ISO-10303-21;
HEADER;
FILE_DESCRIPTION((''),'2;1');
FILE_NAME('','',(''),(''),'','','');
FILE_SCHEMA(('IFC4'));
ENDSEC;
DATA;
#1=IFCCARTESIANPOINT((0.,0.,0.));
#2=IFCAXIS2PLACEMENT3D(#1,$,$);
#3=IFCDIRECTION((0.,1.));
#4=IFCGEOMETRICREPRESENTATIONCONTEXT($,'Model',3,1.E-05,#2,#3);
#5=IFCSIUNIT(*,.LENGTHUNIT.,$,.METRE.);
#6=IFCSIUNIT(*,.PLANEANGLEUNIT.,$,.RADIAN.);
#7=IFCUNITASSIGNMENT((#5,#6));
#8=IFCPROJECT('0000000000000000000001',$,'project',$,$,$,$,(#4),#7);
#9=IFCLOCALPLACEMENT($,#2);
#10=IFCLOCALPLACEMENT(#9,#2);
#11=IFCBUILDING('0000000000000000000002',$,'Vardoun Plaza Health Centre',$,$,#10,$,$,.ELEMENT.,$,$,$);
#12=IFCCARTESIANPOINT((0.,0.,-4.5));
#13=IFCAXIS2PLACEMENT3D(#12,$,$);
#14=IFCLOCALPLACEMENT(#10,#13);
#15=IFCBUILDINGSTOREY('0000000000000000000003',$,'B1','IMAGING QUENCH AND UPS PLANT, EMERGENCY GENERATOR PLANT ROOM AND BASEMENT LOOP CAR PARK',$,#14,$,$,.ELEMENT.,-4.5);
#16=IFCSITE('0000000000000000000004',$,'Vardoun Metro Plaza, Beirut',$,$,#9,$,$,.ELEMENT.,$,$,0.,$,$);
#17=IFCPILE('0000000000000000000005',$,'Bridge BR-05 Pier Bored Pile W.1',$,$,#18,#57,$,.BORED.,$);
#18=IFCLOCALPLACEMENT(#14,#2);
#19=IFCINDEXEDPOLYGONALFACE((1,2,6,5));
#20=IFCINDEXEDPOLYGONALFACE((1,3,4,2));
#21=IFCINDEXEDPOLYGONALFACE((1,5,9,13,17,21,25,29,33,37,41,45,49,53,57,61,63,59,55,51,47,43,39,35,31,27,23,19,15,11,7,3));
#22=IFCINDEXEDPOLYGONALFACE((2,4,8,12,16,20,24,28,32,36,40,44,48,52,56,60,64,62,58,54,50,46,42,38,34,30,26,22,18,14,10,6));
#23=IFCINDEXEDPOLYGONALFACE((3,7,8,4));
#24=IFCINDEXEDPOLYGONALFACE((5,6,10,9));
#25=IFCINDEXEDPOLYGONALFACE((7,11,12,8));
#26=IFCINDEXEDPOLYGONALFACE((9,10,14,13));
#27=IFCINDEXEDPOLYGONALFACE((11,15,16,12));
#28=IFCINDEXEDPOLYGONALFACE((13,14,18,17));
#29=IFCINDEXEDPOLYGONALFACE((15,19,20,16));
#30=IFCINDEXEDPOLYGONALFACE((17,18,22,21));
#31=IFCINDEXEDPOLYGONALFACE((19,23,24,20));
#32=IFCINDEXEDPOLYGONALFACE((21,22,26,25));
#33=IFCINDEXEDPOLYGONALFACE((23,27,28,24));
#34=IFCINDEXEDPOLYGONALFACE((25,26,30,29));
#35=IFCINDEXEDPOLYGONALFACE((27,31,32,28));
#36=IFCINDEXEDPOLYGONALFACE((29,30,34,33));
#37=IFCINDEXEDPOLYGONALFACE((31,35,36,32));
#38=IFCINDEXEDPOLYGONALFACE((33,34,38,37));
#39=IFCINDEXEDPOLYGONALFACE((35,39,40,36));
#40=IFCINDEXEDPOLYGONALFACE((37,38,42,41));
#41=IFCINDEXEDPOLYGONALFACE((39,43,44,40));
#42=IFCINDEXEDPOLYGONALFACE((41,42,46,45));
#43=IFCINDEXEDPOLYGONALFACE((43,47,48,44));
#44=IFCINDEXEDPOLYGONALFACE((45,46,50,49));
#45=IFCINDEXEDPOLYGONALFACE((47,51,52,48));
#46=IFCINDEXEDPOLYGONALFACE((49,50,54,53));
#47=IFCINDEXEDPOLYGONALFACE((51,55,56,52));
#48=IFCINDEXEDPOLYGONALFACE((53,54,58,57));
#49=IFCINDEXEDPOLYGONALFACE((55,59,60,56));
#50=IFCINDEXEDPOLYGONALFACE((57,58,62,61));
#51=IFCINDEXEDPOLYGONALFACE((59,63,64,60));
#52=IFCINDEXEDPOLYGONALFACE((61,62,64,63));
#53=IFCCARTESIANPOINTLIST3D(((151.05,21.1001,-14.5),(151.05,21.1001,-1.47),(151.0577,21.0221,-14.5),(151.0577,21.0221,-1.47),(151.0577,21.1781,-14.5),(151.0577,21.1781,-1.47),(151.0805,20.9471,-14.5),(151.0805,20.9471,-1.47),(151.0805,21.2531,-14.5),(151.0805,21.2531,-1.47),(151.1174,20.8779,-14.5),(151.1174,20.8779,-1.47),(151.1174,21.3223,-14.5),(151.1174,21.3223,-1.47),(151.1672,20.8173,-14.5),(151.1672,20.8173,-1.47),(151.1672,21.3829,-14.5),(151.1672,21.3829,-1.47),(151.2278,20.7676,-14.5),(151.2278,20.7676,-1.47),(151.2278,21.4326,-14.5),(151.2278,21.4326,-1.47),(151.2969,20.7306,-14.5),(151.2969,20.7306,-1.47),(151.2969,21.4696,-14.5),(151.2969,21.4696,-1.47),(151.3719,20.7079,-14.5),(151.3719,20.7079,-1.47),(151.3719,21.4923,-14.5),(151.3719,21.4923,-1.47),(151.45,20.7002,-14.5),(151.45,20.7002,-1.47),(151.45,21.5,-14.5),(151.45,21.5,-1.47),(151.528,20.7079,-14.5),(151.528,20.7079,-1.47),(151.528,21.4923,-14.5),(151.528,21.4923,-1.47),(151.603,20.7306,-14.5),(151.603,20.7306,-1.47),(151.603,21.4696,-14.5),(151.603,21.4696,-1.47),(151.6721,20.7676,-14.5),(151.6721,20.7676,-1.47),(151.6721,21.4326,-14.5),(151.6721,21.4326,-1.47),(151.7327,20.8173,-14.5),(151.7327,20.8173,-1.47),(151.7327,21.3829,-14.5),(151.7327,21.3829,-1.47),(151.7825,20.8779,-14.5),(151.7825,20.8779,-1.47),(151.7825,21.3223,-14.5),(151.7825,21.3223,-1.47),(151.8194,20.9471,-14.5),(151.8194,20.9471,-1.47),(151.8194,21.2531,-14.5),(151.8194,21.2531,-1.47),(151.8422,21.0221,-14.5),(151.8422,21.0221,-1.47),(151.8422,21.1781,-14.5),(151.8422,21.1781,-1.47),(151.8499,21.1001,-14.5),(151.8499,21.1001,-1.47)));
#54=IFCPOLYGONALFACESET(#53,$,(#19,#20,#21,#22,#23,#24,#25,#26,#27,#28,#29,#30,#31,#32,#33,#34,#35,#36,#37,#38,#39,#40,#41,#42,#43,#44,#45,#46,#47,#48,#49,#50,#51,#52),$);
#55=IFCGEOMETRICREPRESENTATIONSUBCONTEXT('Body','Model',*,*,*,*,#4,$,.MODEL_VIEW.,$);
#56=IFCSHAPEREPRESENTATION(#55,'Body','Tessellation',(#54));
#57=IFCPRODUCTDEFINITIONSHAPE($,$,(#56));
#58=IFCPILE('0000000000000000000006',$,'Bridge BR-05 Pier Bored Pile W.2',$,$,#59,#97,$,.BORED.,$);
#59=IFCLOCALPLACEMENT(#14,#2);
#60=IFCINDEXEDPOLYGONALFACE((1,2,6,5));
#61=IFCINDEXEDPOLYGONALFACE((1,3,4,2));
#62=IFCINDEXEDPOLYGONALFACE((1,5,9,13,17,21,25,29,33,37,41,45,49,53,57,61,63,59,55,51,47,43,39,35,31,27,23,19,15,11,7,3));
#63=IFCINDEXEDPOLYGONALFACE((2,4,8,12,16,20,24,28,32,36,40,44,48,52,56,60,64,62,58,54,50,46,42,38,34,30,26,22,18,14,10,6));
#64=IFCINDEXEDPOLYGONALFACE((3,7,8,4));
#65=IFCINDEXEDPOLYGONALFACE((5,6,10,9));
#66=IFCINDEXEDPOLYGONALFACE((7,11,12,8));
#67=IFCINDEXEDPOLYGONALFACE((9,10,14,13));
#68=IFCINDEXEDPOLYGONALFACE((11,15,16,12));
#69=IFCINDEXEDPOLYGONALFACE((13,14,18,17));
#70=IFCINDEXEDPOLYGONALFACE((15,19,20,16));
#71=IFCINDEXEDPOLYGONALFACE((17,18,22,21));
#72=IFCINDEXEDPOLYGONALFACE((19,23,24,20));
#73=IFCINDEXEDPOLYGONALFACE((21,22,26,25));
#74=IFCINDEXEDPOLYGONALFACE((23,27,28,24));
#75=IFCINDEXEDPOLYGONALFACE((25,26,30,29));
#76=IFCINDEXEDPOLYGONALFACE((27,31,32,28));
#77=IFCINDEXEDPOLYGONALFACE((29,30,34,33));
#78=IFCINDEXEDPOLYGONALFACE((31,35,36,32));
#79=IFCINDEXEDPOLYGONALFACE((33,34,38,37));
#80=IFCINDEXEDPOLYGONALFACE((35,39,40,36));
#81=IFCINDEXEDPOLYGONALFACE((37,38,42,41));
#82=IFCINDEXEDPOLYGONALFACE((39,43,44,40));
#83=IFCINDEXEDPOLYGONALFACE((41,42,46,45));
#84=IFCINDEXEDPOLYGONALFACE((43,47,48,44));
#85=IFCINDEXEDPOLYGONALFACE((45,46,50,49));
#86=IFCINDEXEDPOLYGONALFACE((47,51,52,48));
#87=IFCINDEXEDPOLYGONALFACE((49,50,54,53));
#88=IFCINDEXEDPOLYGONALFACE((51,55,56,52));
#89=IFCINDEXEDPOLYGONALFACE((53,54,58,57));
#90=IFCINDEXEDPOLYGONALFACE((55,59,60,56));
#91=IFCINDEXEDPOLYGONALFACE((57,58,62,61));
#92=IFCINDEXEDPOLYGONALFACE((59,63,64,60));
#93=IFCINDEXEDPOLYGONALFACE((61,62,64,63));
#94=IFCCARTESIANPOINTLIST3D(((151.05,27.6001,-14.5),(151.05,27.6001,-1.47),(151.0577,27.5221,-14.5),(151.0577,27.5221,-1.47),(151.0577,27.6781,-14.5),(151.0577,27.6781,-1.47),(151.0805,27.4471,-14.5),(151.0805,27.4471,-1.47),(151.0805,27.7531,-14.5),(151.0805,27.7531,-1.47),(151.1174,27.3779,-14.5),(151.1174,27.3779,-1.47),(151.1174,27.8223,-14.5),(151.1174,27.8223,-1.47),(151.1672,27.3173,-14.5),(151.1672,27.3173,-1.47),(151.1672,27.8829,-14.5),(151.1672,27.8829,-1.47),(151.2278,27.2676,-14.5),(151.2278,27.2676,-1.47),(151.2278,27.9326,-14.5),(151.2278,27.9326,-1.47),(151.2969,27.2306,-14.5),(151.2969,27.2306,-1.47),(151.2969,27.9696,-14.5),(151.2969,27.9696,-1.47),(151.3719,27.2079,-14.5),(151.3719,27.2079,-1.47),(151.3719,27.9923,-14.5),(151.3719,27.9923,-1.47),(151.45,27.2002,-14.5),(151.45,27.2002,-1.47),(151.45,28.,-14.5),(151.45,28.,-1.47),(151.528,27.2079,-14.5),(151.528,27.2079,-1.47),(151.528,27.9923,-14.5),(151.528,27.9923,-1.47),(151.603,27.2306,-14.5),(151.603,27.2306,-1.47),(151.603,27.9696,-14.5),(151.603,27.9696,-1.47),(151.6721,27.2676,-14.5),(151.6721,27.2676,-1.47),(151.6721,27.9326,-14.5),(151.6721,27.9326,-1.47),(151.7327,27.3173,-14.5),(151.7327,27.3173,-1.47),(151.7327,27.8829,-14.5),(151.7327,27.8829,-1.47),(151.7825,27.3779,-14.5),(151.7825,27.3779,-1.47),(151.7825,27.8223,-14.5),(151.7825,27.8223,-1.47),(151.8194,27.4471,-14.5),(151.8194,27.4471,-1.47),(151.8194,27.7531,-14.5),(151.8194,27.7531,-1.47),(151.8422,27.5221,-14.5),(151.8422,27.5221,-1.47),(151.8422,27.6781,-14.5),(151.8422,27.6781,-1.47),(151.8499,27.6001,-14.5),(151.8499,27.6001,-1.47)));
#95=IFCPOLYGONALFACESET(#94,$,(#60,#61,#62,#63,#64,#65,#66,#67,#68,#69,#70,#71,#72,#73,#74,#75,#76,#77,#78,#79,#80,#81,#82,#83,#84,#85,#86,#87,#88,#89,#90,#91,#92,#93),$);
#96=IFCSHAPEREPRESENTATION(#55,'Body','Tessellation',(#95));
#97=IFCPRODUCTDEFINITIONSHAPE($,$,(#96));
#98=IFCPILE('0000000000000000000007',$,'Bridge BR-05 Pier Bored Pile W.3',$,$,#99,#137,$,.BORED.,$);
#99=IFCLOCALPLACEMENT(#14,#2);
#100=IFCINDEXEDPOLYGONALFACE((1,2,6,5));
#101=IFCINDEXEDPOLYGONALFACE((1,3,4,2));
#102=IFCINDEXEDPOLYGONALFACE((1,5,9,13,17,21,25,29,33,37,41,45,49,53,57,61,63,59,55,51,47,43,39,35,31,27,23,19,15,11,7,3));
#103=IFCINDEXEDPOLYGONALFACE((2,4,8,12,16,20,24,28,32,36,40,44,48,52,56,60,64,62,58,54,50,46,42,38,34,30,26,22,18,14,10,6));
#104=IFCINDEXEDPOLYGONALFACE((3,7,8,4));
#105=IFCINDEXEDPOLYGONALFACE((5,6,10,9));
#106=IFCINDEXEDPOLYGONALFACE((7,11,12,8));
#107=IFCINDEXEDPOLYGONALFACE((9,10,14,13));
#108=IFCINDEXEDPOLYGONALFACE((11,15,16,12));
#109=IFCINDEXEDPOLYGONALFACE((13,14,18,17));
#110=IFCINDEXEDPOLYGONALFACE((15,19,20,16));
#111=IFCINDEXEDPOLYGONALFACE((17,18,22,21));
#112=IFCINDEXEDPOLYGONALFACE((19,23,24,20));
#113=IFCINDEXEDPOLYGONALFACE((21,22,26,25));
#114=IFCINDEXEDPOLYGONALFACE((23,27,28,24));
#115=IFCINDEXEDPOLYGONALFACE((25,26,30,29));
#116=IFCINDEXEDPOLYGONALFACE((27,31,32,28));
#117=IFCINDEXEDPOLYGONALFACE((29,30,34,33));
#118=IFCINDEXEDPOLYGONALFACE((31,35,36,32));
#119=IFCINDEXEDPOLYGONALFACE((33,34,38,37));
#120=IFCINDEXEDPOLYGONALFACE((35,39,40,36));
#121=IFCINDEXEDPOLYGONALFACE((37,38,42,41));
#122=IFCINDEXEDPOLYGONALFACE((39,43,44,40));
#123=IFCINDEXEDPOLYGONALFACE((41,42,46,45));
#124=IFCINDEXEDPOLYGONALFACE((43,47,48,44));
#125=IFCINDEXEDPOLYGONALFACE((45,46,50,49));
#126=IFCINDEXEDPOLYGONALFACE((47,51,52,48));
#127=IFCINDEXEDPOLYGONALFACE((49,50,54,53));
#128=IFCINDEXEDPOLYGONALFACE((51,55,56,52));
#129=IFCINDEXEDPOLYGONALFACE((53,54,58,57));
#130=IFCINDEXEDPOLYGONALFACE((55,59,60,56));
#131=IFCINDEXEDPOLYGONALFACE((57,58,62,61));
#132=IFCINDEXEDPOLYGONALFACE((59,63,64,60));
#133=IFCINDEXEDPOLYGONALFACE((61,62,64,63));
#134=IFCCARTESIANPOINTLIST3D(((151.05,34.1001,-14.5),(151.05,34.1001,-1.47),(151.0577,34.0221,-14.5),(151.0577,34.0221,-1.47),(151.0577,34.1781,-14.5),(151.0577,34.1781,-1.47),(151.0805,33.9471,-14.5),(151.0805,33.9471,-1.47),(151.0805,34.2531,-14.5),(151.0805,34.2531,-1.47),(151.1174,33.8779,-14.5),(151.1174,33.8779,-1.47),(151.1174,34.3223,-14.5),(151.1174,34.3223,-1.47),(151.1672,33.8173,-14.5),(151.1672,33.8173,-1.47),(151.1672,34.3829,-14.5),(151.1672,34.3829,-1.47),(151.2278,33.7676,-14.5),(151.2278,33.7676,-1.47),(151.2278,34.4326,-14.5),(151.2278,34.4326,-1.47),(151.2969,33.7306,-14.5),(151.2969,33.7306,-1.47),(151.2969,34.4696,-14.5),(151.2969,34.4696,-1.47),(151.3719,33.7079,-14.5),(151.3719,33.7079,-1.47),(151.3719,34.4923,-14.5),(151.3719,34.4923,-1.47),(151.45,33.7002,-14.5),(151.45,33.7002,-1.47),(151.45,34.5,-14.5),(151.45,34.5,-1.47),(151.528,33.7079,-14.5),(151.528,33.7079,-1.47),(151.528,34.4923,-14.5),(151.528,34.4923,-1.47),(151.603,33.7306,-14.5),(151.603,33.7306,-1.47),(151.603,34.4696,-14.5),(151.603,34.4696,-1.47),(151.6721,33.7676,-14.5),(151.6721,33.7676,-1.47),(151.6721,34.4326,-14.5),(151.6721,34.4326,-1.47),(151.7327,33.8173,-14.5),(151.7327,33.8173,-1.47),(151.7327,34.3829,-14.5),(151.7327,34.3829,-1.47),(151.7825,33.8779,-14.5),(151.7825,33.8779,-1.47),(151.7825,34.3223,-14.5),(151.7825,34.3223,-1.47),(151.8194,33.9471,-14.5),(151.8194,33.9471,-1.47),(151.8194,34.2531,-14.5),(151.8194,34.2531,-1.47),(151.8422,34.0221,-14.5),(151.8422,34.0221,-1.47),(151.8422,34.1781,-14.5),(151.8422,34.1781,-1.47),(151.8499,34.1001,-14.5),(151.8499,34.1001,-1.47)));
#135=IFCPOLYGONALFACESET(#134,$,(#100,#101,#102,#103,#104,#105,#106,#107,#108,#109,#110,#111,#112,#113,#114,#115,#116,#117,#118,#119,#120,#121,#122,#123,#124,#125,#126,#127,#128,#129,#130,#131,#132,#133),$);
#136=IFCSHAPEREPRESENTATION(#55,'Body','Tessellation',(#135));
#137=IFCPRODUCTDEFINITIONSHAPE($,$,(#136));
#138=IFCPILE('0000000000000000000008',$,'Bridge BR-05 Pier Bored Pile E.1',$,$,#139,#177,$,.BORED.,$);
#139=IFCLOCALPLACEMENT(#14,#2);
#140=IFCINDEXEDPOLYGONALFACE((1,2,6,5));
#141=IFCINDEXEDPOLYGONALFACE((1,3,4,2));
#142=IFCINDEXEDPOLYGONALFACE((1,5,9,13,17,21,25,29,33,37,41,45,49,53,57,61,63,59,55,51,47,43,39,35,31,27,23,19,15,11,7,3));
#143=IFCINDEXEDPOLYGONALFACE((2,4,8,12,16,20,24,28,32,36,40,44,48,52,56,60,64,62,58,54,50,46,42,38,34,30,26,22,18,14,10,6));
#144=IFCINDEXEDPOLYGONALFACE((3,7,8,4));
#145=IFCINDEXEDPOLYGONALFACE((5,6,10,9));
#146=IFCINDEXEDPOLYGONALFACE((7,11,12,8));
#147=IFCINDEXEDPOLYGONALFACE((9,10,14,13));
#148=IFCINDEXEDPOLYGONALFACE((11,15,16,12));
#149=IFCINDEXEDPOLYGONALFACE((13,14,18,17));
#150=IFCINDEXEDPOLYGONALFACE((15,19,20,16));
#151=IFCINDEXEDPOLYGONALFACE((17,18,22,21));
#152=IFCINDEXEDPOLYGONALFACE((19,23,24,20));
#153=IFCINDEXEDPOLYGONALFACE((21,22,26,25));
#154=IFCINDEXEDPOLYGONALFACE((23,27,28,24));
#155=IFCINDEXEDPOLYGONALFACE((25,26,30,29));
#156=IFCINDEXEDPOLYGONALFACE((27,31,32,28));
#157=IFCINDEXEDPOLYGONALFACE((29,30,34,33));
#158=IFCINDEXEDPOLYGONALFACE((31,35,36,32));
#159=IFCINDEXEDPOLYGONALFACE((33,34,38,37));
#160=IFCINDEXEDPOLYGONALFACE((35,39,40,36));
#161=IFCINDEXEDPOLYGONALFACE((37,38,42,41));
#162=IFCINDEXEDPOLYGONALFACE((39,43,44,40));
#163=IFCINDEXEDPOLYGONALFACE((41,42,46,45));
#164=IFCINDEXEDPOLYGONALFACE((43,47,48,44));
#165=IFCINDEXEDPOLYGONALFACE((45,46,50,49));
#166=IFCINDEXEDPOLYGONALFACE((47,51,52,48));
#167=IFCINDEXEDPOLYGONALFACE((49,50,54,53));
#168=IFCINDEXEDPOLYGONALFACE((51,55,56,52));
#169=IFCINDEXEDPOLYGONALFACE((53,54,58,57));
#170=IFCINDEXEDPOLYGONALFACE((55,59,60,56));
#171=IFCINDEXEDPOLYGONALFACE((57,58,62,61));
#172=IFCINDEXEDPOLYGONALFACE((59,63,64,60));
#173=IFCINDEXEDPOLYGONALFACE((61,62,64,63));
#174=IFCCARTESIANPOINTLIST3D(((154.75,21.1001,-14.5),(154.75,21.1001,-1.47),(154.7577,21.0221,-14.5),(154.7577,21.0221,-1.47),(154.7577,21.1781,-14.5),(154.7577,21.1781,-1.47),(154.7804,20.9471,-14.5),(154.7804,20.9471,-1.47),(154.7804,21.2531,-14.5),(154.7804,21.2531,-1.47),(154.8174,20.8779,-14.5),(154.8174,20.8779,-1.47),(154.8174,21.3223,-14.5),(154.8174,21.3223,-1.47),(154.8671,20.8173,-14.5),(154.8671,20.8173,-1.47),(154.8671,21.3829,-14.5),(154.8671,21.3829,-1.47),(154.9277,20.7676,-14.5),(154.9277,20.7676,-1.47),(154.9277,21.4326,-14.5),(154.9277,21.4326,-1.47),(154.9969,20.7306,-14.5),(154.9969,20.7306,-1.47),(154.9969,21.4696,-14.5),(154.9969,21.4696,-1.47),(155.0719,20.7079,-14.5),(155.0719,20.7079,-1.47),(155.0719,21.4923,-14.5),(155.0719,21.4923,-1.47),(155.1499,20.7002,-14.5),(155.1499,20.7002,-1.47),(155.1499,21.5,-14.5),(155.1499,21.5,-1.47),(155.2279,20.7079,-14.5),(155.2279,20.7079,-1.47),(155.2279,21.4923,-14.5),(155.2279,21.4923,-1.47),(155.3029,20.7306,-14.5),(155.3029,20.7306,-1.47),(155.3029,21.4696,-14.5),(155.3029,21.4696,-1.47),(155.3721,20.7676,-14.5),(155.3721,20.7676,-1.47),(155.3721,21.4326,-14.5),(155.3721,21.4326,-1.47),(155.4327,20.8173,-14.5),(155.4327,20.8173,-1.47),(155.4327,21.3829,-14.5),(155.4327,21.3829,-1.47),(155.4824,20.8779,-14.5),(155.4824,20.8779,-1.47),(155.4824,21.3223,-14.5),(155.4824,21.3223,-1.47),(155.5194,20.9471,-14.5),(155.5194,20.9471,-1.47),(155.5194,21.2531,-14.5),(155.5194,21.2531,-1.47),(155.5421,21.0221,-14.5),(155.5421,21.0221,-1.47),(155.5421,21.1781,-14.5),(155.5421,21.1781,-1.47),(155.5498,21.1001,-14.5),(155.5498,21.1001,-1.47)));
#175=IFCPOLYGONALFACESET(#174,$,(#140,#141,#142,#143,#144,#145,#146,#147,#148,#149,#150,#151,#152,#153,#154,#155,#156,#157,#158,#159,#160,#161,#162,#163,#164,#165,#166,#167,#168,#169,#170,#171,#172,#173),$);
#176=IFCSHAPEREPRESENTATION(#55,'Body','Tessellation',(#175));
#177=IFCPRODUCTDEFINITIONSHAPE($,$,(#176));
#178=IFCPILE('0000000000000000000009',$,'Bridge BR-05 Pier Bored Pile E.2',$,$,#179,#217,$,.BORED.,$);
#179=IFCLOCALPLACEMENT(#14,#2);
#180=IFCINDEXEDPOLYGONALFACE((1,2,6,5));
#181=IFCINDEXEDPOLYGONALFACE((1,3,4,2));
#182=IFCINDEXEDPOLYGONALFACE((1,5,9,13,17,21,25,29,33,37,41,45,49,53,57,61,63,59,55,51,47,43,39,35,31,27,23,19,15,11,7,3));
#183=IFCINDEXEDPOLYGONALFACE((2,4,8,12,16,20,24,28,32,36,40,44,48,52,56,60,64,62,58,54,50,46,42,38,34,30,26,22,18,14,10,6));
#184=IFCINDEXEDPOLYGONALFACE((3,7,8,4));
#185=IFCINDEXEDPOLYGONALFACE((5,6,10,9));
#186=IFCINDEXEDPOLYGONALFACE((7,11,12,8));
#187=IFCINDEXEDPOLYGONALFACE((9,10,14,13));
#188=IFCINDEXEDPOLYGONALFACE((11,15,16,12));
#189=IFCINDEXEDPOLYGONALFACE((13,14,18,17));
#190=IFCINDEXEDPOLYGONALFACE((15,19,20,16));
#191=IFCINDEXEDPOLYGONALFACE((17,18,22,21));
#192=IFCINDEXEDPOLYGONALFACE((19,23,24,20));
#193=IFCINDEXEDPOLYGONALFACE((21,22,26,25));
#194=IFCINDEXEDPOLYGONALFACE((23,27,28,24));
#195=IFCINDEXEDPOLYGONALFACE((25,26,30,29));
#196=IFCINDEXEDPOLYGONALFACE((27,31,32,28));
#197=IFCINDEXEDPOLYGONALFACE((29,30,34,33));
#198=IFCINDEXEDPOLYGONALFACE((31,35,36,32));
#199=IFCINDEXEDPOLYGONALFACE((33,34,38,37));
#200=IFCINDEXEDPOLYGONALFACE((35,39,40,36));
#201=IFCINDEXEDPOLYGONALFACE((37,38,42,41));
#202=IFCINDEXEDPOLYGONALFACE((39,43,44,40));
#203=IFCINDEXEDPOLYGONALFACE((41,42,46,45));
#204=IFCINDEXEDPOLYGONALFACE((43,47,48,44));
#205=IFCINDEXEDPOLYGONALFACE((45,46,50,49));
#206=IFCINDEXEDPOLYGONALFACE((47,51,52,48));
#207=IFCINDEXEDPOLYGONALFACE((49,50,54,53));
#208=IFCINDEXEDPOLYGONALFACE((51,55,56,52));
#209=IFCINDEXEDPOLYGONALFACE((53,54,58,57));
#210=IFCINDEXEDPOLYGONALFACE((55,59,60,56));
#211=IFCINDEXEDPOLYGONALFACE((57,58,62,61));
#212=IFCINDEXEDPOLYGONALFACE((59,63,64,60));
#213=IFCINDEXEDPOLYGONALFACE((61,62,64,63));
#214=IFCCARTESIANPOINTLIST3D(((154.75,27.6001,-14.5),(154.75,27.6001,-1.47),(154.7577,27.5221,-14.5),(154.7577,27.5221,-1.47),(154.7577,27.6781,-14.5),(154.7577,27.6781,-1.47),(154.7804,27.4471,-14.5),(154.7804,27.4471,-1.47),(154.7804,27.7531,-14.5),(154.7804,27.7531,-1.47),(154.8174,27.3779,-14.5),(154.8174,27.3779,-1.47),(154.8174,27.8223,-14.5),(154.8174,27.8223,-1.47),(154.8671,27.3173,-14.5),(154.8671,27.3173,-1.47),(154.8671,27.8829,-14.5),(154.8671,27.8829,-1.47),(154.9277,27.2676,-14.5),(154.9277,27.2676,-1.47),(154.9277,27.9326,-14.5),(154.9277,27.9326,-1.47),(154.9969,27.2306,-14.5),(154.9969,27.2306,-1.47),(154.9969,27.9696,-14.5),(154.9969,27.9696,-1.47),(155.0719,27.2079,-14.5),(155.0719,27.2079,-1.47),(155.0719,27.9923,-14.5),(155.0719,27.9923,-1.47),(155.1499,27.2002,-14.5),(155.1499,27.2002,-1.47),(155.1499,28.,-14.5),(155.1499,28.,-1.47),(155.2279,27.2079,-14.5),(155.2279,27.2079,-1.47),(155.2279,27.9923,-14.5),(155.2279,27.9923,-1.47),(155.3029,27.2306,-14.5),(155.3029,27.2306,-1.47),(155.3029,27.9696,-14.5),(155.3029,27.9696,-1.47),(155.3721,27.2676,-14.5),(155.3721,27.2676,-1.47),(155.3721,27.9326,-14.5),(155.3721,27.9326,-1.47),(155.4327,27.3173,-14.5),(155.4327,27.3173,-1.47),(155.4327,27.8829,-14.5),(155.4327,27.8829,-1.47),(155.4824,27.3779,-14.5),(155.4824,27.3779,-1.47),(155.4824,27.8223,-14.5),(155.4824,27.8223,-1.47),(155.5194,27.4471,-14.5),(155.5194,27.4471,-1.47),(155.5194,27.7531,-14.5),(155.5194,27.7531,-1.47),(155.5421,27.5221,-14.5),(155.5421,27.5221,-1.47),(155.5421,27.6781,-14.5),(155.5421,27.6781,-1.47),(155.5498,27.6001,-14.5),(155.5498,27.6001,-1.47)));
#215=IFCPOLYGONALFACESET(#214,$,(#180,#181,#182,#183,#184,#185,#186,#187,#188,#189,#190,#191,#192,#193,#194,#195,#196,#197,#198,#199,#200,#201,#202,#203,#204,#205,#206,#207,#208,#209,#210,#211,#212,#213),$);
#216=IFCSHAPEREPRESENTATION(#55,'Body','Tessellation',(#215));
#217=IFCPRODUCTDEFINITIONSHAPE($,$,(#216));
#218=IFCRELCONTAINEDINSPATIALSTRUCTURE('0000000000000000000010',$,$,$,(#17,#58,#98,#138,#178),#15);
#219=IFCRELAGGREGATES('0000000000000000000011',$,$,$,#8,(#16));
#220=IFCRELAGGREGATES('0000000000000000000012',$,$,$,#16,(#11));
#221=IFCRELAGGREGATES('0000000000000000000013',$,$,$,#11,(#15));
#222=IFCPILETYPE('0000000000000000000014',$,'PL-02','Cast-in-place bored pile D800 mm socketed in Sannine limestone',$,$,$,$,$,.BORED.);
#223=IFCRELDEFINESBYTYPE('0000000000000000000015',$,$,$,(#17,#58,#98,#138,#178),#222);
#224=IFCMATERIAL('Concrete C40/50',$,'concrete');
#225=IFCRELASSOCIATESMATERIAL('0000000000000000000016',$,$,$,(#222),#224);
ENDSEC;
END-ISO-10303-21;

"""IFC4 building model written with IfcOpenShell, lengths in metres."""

from ifc_helpers import new_model, si_unit, direction, frame, origin, origin_2d, place, context, subcontext, project, spatial, circle, extrude, material, material_profile, profile_set, type_object, element, save


model = new_model("IFC4")

# Units and contexts
model_context = context("Model", 3, precision=1e-05, world=origin(), true_north=direction((0.0, 1.0)))
body_context = subcontext(model_context, "Body", "Model", "MODEL_VIEW")
ifc_project = project(units=[si_unit("LENGTHUNIT", "METRE"), si_unit("PLANEANGLEUNIT", "RADIAN")], contexts=[model_context])

# Site, building, storey
site_placement = place(None, origin())
site = spatial("IfcSite", under=ifc_project, at=site_placement, Name="Vardoun Metro Plaza, Beirut", CompositionType="ELEMENT", RefElevation=0.0)
building_placement = place(site_placement, origin())
building = spatial("IfcBuilding", under=site, at=building_placement, Name="Vardoun Plaza Health Centre", CompositionType="ELEMENT")
storey_placement = place(building_placement, frame((0.0, 0.0, -4.5)))
storey = spatial("IfcBuildingStorey", under=building, at=storey_placement, Name="B1", Description="IMAGING QUENCH AND UPS PLANT, EMERGENCY GENERATOR PLANT ROOM AND BASEMENT LOOP CAR PARK", CompositionType="ELEMENT", Elevation=-4.5)

# Piles
ifc_material_1 = material(Name="Concrete C40/50", Category="concrete")
ifc_material_profile_1 = material_profile(ifc_material_1, circle(Radius=0.3999, at=origin_2d()), Name="PILE D800")
ifc_profile_set_1 = profile_set([ifc_material_profile_1], Name="Concrete C40/50")
pile_type = type_object("IfcPileType", Name="PL-02", Description="Cast-in-place bored pile D800 mm socketed in Sannine limestone", PredefinedType="BORED", material=ifc_profile_set_1)
for number, where, z_axis, x_axis, name in (
    (1, (151.45, 21.1001, -1.47), (0.0, 0.0, -1.0), (1.0, 0.0, 0.0), "Bridge BR-05 Pier Bored Pile W.1"),
    (2, (151.45, 27.6001, -1.47), (0.0, 0.0, -1.0), (1.0, 0.0, 0.0), "Bridge BR-05 Pier Bored Pile W.2"),
    (3, (151.45, 34.1001, -1.47), (0.0, 0.0, -1.0), (1.0, 0.0, 0.0), "Bridge BR-05 Pier Bored Pile W.3"),
    (4, (155.1499, 21.1001, -1.47), (0.0, 0.0, -1.0), (1.0, 0.0, 0.0), "Bridge BR-05 Pier Bored Pile E.1"),
    (5, (155.1499, 27.6001, -1.47), (0.0, 0.0, -1.0), (1.0, 0.0, 0.0), "Bridge BR-05 Pier Bored Pile E.2"),
):
    element("IfcPile", number, at=place(storey_placement, frame(where, z_axis=z_axis, x_axis=x_axis)), inside=storey, type_object=pile_type, Name=name, PredefinedType="BORED", context=body_context, shape_type="SweptSolid", body=[
        extrude(circle(Radius=0.3999, at=origin_2d()), origin(), (0.0, 0.0, 1.0), 13.03),
    ])

save(model, "model.ifc")
